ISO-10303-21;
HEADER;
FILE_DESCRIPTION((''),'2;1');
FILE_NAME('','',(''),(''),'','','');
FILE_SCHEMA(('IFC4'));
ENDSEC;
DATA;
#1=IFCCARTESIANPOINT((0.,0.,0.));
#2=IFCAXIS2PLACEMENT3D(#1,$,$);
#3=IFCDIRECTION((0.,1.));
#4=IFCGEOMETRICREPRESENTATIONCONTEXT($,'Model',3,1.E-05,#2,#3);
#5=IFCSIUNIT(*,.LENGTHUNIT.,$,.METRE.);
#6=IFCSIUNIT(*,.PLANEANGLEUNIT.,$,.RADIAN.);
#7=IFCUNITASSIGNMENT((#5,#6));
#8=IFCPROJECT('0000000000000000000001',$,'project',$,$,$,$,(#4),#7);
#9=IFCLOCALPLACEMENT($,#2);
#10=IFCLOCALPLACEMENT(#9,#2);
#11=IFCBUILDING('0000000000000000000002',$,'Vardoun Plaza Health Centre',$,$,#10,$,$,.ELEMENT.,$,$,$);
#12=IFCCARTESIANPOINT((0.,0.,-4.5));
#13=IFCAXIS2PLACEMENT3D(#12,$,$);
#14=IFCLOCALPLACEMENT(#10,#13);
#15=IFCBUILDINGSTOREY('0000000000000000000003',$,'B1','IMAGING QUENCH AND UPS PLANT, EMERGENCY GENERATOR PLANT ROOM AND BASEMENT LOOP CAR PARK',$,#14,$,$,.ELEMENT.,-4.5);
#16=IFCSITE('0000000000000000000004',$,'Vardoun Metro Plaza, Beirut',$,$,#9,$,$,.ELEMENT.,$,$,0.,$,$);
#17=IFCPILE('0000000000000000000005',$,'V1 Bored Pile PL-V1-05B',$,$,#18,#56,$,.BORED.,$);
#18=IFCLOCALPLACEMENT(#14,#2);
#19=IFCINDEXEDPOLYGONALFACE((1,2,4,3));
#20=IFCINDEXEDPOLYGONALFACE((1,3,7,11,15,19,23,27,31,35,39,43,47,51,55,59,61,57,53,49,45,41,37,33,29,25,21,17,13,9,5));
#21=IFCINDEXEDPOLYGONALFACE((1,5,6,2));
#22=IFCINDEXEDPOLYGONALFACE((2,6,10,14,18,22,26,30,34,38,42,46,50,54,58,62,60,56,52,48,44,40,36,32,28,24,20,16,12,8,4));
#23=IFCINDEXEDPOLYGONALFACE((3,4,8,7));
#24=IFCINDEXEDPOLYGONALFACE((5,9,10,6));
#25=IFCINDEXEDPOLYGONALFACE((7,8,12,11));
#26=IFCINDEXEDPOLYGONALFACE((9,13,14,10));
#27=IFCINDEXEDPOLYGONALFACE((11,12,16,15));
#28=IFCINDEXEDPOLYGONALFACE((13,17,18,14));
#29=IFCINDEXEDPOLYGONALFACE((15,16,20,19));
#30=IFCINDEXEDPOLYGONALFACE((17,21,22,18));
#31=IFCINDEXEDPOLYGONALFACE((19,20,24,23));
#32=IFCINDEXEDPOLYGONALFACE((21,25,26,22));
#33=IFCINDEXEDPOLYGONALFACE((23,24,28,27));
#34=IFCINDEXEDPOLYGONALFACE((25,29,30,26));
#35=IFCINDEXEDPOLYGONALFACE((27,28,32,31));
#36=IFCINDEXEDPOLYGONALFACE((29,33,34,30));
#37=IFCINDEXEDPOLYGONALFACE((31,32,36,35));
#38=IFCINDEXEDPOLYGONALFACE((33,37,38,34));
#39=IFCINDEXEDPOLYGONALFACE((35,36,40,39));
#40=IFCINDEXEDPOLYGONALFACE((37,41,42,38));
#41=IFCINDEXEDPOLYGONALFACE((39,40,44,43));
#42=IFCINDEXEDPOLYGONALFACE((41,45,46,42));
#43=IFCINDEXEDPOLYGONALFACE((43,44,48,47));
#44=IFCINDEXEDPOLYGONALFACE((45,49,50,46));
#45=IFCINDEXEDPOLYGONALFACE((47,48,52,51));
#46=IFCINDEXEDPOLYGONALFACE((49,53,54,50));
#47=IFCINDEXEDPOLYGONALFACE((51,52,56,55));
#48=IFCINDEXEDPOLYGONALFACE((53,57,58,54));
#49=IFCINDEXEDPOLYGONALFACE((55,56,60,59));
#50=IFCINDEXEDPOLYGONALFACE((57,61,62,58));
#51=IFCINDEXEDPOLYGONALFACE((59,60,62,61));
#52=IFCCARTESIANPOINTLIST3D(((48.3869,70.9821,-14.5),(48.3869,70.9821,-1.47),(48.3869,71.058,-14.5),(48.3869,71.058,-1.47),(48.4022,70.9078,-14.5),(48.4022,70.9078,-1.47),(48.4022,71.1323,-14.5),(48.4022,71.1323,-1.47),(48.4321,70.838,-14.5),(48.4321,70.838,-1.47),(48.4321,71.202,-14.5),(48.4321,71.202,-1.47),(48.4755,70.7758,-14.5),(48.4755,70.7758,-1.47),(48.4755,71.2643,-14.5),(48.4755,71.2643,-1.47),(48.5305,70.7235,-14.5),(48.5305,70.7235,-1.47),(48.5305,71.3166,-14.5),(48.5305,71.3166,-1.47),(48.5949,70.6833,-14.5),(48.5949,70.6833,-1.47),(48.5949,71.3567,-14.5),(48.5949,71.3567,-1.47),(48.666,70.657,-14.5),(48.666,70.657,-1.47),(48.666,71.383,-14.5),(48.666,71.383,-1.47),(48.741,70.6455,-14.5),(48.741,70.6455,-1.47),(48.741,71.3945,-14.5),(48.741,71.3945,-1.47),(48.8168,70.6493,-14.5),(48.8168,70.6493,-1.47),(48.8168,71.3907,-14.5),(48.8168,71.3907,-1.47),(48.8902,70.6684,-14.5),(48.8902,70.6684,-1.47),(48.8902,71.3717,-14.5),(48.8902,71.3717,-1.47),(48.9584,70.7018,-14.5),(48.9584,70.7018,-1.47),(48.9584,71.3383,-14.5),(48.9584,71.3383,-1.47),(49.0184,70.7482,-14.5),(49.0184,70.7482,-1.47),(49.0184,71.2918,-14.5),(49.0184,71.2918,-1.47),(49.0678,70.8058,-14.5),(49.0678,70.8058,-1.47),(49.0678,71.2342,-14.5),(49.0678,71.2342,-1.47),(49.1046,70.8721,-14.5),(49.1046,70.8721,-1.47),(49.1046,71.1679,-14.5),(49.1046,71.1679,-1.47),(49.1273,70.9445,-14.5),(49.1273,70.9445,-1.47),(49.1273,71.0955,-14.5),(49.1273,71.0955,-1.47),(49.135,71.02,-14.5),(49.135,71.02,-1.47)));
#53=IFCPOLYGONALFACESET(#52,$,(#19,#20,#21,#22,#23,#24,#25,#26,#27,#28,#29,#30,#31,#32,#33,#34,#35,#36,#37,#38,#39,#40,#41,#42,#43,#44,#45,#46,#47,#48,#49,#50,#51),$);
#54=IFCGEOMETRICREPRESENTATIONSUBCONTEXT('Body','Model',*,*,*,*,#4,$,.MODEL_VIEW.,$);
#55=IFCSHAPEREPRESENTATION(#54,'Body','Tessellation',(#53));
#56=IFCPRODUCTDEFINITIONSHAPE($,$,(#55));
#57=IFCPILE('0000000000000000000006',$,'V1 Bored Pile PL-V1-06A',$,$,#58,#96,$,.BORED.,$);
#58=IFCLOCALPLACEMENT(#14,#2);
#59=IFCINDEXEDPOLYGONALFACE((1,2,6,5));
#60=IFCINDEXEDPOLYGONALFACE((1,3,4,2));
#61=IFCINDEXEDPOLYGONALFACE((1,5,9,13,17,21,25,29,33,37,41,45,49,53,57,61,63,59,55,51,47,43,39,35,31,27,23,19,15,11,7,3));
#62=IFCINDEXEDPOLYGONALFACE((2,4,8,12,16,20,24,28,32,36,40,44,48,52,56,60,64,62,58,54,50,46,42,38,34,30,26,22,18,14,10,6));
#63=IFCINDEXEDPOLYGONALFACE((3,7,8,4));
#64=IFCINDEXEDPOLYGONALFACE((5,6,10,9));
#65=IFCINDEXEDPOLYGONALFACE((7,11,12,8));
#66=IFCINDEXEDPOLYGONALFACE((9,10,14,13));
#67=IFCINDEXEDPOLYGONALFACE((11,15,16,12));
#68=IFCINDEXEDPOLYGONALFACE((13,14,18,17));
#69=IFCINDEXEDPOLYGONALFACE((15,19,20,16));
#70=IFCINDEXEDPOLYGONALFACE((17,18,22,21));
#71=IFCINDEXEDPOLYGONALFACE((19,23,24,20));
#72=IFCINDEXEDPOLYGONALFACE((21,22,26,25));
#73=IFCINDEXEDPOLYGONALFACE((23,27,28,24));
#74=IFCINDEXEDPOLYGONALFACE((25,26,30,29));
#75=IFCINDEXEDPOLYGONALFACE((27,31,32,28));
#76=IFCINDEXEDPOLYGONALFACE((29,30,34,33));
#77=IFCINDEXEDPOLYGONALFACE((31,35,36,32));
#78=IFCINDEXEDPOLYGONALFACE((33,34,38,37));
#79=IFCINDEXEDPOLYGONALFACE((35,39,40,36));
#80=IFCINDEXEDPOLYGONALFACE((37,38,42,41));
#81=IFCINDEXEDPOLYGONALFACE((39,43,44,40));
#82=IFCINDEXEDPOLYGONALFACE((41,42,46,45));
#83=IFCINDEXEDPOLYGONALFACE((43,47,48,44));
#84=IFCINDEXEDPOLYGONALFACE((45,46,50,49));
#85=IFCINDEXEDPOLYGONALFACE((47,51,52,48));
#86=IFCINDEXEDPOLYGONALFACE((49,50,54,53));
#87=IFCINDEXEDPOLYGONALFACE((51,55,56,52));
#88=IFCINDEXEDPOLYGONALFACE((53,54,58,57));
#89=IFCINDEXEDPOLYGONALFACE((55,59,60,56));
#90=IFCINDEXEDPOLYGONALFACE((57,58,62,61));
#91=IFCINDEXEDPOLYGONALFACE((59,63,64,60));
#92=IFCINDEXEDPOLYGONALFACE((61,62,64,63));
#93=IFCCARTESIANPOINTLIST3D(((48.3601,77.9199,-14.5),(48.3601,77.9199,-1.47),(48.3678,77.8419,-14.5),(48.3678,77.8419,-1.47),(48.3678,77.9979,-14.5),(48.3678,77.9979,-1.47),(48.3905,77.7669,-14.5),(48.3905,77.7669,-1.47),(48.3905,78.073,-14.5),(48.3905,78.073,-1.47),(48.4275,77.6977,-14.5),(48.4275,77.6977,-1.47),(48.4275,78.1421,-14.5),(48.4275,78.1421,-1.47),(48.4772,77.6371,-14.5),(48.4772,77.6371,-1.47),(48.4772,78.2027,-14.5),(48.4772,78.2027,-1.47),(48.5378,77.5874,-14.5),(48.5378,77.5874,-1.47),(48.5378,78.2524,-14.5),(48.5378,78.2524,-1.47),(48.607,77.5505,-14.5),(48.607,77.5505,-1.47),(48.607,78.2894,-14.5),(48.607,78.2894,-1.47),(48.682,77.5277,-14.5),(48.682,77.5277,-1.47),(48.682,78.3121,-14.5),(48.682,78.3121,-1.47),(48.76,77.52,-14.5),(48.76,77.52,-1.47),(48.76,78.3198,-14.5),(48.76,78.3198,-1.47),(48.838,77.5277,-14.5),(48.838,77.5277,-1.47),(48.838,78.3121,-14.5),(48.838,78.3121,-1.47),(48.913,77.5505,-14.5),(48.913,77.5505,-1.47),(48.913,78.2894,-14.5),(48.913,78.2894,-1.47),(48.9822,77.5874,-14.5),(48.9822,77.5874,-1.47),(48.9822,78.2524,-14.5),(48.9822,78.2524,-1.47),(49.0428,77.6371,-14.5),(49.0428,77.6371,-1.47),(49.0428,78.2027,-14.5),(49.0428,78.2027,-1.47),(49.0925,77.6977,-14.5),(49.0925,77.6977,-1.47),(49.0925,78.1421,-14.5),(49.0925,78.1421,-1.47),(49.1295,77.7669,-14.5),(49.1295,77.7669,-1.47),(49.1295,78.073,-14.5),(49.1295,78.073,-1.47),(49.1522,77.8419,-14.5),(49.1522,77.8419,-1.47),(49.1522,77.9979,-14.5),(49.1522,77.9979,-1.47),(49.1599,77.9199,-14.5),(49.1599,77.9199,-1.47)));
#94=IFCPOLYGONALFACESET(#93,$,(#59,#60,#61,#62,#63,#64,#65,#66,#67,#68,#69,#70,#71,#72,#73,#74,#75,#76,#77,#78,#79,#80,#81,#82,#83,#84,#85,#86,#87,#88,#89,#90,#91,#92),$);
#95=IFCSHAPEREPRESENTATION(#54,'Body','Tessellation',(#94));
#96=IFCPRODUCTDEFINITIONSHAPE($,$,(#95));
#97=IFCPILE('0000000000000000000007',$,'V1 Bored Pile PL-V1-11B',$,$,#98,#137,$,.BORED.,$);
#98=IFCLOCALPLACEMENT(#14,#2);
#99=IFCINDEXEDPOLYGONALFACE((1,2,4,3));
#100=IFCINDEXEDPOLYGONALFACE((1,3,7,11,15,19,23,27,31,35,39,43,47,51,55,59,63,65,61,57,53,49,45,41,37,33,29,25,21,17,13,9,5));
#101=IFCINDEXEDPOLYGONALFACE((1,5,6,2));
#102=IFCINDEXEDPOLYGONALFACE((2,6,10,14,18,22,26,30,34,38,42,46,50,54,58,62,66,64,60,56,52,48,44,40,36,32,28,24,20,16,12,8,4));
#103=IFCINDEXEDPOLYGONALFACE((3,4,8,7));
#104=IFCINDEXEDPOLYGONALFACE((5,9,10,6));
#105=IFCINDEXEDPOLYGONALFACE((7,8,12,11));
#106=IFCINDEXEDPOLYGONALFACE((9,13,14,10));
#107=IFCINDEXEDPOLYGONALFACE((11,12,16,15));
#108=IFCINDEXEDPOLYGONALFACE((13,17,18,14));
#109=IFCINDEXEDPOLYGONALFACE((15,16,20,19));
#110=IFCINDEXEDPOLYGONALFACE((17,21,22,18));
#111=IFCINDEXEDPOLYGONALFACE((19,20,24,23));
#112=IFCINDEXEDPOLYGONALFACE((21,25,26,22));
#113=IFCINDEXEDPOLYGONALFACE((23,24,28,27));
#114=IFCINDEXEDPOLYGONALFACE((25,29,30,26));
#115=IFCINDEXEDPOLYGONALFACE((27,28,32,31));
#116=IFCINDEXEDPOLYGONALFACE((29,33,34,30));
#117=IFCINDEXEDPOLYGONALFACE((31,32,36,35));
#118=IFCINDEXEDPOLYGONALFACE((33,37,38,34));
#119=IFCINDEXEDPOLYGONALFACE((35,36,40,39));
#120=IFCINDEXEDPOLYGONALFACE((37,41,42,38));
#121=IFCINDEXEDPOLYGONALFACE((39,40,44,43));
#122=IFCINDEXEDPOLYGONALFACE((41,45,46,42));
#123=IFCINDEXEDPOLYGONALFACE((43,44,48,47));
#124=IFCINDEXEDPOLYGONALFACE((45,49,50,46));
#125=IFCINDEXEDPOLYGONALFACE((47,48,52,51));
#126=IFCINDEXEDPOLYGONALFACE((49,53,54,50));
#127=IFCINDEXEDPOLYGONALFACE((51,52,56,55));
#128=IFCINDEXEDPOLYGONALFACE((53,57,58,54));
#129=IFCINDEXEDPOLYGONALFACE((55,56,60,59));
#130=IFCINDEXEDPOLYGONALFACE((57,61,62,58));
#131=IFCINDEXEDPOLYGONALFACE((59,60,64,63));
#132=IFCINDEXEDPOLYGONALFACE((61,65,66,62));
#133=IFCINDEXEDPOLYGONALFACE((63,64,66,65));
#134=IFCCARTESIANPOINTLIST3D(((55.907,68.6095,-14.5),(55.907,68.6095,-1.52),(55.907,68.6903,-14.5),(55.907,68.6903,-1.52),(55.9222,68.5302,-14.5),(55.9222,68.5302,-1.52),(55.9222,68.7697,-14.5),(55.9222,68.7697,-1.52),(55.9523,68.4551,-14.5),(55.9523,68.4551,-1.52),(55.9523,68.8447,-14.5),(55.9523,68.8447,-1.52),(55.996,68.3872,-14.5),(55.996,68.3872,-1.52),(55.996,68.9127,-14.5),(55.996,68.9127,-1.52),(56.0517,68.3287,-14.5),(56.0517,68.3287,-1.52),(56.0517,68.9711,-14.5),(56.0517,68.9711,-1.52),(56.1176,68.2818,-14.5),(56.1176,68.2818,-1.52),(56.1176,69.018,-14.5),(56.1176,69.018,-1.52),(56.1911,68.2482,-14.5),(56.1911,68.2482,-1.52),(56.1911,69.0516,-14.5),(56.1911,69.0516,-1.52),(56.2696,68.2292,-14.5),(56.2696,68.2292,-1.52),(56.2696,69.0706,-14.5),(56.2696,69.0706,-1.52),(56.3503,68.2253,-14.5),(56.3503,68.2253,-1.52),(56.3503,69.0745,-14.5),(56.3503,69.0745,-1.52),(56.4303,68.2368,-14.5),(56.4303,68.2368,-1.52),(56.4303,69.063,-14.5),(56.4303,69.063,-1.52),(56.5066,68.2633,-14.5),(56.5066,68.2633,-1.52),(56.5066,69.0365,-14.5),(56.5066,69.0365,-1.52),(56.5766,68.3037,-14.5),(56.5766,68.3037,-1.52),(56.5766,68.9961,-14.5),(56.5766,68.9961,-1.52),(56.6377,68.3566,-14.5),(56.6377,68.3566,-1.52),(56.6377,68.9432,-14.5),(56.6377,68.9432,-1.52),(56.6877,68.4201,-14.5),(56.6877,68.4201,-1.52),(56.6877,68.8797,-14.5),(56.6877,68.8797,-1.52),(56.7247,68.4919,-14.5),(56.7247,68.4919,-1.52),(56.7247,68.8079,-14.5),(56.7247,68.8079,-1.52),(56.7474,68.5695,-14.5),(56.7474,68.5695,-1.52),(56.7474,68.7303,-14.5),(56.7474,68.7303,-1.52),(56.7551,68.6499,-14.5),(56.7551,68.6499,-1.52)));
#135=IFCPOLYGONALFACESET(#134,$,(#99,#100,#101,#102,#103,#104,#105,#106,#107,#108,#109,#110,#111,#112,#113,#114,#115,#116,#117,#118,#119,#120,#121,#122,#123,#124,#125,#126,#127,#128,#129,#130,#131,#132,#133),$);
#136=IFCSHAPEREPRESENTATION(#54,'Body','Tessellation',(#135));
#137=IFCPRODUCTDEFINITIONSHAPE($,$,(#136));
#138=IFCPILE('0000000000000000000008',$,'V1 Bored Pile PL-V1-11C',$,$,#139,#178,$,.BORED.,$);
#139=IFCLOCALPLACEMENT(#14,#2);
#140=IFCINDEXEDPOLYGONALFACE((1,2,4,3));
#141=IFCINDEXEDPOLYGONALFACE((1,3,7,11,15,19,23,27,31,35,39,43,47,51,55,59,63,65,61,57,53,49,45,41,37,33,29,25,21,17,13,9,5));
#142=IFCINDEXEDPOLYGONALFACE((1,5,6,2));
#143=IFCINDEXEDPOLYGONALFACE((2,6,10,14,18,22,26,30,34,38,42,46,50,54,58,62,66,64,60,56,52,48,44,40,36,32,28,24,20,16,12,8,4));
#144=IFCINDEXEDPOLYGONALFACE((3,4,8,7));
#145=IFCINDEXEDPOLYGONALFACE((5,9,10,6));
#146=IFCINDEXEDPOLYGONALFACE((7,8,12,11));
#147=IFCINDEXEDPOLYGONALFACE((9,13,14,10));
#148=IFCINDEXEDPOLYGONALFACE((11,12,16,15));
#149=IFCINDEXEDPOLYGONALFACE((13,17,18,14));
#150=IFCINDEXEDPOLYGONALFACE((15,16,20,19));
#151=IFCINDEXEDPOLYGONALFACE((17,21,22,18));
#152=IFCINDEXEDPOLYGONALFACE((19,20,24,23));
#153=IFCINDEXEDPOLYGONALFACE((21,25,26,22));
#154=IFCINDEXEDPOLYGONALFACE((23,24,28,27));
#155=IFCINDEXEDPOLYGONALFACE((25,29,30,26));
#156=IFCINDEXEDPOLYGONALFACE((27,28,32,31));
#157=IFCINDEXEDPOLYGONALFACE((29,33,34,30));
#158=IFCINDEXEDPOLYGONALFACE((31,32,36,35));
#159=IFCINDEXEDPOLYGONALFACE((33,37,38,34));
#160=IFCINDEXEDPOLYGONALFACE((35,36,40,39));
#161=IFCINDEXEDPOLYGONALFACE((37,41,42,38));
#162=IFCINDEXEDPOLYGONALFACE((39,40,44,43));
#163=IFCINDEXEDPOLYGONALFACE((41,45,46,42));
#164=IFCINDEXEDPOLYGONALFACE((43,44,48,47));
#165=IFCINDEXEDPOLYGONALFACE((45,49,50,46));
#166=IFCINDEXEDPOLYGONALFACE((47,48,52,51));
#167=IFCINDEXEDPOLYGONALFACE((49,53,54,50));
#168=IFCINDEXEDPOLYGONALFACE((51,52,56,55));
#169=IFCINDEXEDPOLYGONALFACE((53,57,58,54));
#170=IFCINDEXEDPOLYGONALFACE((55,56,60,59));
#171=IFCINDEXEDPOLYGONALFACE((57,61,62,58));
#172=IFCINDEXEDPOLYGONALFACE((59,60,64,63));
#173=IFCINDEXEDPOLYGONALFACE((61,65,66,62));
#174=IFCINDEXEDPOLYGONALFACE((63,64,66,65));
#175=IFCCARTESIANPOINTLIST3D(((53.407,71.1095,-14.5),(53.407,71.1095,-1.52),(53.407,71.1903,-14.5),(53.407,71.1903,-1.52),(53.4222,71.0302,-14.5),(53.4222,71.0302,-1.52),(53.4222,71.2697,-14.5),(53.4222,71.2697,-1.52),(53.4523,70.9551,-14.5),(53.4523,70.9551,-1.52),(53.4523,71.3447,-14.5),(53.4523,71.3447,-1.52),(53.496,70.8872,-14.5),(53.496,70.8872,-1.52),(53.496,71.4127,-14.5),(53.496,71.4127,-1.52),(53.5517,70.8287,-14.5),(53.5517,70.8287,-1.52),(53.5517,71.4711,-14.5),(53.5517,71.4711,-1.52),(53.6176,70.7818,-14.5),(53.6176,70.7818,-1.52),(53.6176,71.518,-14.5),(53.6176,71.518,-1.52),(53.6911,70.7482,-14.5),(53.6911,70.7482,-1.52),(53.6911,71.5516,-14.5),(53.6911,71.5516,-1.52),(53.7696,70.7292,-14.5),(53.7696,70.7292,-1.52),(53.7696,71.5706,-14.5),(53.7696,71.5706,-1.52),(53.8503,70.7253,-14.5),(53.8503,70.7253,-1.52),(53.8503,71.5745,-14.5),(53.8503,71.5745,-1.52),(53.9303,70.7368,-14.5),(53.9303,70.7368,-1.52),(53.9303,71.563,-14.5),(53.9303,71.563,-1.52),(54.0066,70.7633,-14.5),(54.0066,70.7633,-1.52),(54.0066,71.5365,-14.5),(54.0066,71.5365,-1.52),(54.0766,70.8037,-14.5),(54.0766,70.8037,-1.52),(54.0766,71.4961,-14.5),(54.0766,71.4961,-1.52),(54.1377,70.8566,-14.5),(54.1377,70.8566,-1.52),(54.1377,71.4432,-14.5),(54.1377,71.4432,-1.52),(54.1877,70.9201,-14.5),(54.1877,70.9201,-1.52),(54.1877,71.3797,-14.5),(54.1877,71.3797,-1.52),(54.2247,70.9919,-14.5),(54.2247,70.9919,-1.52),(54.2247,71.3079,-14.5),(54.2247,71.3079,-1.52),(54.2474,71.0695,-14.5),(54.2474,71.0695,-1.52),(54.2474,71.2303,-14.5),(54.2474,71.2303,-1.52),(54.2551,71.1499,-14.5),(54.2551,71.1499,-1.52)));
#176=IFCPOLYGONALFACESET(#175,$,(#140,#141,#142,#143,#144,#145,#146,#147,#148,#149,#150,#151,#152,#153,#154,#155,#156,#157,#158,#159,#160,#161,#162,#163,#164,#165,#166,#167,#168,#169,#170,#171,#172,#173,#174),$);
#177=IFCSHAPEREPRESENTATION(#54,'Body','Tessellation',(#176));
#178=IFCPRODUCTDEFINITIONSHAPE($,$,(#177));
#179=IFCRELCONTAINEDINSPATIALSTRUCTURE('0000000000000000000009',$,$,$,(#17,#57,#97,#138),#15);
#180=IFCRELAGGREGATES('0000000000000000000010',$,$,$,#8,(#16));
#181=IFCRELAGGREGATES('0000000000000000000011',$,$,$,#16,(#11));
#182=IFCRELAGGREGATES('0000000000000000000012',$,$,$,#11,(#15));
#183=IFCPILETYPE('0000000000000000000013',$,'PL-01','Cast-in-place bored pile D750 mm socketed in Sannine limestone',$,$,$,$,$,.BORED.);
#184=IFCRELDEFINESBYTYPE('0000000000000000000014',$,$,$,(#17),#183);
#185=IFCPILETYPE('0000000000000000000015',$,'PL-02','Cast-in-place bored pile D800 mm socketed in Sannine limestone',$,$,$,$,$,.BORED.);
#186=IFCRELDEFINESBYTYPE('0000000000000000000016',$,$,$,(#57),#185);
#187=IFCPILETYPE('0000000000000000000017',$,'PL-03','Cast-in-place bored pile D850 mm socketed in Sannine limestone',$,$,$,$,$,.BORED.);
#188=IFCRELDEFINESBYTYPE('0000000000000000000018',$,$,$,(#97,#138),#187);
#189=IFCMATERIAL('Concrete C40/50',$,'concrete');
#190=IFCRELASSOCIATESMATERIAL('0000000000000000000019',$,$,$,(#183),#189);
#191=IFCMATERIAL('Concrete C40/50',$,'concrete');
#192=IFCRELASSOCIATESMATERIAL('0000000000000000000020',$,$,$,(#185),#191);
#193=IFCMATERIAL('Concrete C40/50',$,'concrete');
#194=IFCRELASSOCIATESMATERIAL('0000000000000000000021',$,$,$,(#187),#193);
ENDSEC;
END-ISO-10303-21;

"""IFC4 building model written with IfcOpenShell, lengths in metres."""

from ifc_helpers import new_model, si_unit, direction, frame, origin, origin_2d, place, context, subcontext, project, spatial, circle, extrude, material, material_profile, profile_set, type_object, element, save


model = new_model("IFC4")

# Units and contexts
model_context = context("Model", 3, precision=1e-05, world=origin(), true_north=direction((0.0, 1.0)))
body_context = subcontext(model_context, "Body", "Model", "MODEL_VIEW")
ifc_project = project(units=[si_unit("LENGTHUNIT", "METRE"), si_unit("PLANEANGLEUNIT", "RADIAN")], contexts=[model_context])

# Site, building, storey
site_placement = place(None, origin())
site = spatial("IfcSite", under=ifc_project, at=site_placement, Name="Vardoun Metro Plaza, Beirut", CompositionType="ELEMENT", RefElevation=0.0)
building_placement = place(site_placement, origin())
building = spatial("IfcBuilding", under=site, at=building_placement, Name="Vardoun Plaza Health Centre", CompositionType="ELEMENT")
storey_placement = place(building_placement, frame((0.0, 0.0, -4.5)))
storey = spatial("IfcBuildingStorey", under=building, at=storey_placement, Name="B1", Description="IMAGING QUENCH AND UPS PLANT, EMERGENCY GENERATOR PLANT ROOM AND BASEMENT LOOP CAR PARK", CompositionType="ELEMENT", Elevation=-4.5)

# Piles
ifc_material_1 = material(Name="Concrete C40/50", Category="concrete")
ifc_material_profile_1 = material_profile(ifc_material_1, circle(Radius=0.375, at=origin_2d()), Name="PILE D750")
ifc_profile_set_1 = profile_set([ifc_material_profile_1], Name="Concrete C40/50")
pile_type_1 = type_object("IfcPileType", Name="PL-01", Description="Cast-in-place bored pile D750 mm socketed in Sannine limestone", PredefinedType="BORED", material=ifc_profile_set_1)
for number, where, z_axis, x_axis, name in (
    (1, (48.76, 71.02, -1.47), (0.0, 0.0, -1.0), (1.0, 0.0, 0.0), "V1 Bored Pile PL-V1-05B"),
):
    element("IfcPile", number, at=place(storey_placement, frame(where, z_axis=z_axis, x_axis=x_axis)), inside=storey, type_object=pile_type_1, Name=name, PredefinedType="BORED", context=body_context, shape_type="SweptSolid", body=[
        extrude(circle(Radius=0.375, at=origin_2d()), origin(), (0.0, 0.0, 1.0), 13.03),
    ])
ifc_material_2 = material(Name="Concrete C40/50", Category="concrete")
ifc_material_profile_2 = material_profile(ifc_material_2, circle(Radius=0.3999, at=origin_2d()), Name="PILE D800")
ifc_profile_set_2 = profile_set([ifc_material_profile_2], Name="Concrete C40/50")
pile_type_2 = type_object("IfcPileType", Name="PL-02", Description="Cast-in-place bored pile D800 mm socketed in Sannine limestone", PredefinedType="BORED", material=ifc_profile_set_2)
pile_placement = place(storey_placement, frame((48.76, 77.9199, -1.47), z_axis=(0.0, 0.0, -1.0), x_axis=(1.0, 0.0, 0.0)))
element("IfcPile", 2, at=pile_placement, inside=storey, type_object=pile_type_2, Name="V1 Bored Pile PL-V1-06A", PredefinedType="BORED", context=body_context, shape_type="SweptSolid", body=[
    extrude(circle(Radius=0.3999, at=origin_2d()), origin(), (0.0, 0.0, 1.0), 13.03),
])
ifc_material_3 = material(Name="Concrete C40/50", Category="concrete")
ifc_material_profile_3 = material_profile(ifc_material_3, circle(Radius=0.425, at=origin_2d()), Name="PILE D850")
ifc_profile_set_3 = profile_set([ifc_material_profile_3], Name="Concrete C40/50")
pile_type_3 = type_object("IfcPileType", Name="PL-03", Description="Cast-in-place bored pile D850 mm socketed in Sannine limestone", PredefinedType="BORED", material=ifc_profile_set_3)
for number, where, z_axis, x_axis, name in (
    (3, (56.3301, 68.6499, -1.52), (0.0, 0.0, -1.0), (1.0, 0.0, 0.0), "V1 Bored Pile PL-V1-11B"),
    (4, (53.8301, 71.1499, -1.52), (0.0, 0.0, -1.0), (1.0, 0.0, 0.0), "V1 Bored Pile PL-V1-11C"),
):
    element("IfcPile", number, at=place(storey_placement, frame(where, z_axis=z_axis, x_axis=x_axis)), inside=storey, type_object=pile_type_3, Name=name, PredefinedType="BORED", context=body_context, shape_type="SweptSolid", body=[
        extrude(circle(Radius=0.425, at=origin_2d()), origin(), (0.0, 0.0, 1.0), 12.98),
    ])

save(model, "model.ifc")
